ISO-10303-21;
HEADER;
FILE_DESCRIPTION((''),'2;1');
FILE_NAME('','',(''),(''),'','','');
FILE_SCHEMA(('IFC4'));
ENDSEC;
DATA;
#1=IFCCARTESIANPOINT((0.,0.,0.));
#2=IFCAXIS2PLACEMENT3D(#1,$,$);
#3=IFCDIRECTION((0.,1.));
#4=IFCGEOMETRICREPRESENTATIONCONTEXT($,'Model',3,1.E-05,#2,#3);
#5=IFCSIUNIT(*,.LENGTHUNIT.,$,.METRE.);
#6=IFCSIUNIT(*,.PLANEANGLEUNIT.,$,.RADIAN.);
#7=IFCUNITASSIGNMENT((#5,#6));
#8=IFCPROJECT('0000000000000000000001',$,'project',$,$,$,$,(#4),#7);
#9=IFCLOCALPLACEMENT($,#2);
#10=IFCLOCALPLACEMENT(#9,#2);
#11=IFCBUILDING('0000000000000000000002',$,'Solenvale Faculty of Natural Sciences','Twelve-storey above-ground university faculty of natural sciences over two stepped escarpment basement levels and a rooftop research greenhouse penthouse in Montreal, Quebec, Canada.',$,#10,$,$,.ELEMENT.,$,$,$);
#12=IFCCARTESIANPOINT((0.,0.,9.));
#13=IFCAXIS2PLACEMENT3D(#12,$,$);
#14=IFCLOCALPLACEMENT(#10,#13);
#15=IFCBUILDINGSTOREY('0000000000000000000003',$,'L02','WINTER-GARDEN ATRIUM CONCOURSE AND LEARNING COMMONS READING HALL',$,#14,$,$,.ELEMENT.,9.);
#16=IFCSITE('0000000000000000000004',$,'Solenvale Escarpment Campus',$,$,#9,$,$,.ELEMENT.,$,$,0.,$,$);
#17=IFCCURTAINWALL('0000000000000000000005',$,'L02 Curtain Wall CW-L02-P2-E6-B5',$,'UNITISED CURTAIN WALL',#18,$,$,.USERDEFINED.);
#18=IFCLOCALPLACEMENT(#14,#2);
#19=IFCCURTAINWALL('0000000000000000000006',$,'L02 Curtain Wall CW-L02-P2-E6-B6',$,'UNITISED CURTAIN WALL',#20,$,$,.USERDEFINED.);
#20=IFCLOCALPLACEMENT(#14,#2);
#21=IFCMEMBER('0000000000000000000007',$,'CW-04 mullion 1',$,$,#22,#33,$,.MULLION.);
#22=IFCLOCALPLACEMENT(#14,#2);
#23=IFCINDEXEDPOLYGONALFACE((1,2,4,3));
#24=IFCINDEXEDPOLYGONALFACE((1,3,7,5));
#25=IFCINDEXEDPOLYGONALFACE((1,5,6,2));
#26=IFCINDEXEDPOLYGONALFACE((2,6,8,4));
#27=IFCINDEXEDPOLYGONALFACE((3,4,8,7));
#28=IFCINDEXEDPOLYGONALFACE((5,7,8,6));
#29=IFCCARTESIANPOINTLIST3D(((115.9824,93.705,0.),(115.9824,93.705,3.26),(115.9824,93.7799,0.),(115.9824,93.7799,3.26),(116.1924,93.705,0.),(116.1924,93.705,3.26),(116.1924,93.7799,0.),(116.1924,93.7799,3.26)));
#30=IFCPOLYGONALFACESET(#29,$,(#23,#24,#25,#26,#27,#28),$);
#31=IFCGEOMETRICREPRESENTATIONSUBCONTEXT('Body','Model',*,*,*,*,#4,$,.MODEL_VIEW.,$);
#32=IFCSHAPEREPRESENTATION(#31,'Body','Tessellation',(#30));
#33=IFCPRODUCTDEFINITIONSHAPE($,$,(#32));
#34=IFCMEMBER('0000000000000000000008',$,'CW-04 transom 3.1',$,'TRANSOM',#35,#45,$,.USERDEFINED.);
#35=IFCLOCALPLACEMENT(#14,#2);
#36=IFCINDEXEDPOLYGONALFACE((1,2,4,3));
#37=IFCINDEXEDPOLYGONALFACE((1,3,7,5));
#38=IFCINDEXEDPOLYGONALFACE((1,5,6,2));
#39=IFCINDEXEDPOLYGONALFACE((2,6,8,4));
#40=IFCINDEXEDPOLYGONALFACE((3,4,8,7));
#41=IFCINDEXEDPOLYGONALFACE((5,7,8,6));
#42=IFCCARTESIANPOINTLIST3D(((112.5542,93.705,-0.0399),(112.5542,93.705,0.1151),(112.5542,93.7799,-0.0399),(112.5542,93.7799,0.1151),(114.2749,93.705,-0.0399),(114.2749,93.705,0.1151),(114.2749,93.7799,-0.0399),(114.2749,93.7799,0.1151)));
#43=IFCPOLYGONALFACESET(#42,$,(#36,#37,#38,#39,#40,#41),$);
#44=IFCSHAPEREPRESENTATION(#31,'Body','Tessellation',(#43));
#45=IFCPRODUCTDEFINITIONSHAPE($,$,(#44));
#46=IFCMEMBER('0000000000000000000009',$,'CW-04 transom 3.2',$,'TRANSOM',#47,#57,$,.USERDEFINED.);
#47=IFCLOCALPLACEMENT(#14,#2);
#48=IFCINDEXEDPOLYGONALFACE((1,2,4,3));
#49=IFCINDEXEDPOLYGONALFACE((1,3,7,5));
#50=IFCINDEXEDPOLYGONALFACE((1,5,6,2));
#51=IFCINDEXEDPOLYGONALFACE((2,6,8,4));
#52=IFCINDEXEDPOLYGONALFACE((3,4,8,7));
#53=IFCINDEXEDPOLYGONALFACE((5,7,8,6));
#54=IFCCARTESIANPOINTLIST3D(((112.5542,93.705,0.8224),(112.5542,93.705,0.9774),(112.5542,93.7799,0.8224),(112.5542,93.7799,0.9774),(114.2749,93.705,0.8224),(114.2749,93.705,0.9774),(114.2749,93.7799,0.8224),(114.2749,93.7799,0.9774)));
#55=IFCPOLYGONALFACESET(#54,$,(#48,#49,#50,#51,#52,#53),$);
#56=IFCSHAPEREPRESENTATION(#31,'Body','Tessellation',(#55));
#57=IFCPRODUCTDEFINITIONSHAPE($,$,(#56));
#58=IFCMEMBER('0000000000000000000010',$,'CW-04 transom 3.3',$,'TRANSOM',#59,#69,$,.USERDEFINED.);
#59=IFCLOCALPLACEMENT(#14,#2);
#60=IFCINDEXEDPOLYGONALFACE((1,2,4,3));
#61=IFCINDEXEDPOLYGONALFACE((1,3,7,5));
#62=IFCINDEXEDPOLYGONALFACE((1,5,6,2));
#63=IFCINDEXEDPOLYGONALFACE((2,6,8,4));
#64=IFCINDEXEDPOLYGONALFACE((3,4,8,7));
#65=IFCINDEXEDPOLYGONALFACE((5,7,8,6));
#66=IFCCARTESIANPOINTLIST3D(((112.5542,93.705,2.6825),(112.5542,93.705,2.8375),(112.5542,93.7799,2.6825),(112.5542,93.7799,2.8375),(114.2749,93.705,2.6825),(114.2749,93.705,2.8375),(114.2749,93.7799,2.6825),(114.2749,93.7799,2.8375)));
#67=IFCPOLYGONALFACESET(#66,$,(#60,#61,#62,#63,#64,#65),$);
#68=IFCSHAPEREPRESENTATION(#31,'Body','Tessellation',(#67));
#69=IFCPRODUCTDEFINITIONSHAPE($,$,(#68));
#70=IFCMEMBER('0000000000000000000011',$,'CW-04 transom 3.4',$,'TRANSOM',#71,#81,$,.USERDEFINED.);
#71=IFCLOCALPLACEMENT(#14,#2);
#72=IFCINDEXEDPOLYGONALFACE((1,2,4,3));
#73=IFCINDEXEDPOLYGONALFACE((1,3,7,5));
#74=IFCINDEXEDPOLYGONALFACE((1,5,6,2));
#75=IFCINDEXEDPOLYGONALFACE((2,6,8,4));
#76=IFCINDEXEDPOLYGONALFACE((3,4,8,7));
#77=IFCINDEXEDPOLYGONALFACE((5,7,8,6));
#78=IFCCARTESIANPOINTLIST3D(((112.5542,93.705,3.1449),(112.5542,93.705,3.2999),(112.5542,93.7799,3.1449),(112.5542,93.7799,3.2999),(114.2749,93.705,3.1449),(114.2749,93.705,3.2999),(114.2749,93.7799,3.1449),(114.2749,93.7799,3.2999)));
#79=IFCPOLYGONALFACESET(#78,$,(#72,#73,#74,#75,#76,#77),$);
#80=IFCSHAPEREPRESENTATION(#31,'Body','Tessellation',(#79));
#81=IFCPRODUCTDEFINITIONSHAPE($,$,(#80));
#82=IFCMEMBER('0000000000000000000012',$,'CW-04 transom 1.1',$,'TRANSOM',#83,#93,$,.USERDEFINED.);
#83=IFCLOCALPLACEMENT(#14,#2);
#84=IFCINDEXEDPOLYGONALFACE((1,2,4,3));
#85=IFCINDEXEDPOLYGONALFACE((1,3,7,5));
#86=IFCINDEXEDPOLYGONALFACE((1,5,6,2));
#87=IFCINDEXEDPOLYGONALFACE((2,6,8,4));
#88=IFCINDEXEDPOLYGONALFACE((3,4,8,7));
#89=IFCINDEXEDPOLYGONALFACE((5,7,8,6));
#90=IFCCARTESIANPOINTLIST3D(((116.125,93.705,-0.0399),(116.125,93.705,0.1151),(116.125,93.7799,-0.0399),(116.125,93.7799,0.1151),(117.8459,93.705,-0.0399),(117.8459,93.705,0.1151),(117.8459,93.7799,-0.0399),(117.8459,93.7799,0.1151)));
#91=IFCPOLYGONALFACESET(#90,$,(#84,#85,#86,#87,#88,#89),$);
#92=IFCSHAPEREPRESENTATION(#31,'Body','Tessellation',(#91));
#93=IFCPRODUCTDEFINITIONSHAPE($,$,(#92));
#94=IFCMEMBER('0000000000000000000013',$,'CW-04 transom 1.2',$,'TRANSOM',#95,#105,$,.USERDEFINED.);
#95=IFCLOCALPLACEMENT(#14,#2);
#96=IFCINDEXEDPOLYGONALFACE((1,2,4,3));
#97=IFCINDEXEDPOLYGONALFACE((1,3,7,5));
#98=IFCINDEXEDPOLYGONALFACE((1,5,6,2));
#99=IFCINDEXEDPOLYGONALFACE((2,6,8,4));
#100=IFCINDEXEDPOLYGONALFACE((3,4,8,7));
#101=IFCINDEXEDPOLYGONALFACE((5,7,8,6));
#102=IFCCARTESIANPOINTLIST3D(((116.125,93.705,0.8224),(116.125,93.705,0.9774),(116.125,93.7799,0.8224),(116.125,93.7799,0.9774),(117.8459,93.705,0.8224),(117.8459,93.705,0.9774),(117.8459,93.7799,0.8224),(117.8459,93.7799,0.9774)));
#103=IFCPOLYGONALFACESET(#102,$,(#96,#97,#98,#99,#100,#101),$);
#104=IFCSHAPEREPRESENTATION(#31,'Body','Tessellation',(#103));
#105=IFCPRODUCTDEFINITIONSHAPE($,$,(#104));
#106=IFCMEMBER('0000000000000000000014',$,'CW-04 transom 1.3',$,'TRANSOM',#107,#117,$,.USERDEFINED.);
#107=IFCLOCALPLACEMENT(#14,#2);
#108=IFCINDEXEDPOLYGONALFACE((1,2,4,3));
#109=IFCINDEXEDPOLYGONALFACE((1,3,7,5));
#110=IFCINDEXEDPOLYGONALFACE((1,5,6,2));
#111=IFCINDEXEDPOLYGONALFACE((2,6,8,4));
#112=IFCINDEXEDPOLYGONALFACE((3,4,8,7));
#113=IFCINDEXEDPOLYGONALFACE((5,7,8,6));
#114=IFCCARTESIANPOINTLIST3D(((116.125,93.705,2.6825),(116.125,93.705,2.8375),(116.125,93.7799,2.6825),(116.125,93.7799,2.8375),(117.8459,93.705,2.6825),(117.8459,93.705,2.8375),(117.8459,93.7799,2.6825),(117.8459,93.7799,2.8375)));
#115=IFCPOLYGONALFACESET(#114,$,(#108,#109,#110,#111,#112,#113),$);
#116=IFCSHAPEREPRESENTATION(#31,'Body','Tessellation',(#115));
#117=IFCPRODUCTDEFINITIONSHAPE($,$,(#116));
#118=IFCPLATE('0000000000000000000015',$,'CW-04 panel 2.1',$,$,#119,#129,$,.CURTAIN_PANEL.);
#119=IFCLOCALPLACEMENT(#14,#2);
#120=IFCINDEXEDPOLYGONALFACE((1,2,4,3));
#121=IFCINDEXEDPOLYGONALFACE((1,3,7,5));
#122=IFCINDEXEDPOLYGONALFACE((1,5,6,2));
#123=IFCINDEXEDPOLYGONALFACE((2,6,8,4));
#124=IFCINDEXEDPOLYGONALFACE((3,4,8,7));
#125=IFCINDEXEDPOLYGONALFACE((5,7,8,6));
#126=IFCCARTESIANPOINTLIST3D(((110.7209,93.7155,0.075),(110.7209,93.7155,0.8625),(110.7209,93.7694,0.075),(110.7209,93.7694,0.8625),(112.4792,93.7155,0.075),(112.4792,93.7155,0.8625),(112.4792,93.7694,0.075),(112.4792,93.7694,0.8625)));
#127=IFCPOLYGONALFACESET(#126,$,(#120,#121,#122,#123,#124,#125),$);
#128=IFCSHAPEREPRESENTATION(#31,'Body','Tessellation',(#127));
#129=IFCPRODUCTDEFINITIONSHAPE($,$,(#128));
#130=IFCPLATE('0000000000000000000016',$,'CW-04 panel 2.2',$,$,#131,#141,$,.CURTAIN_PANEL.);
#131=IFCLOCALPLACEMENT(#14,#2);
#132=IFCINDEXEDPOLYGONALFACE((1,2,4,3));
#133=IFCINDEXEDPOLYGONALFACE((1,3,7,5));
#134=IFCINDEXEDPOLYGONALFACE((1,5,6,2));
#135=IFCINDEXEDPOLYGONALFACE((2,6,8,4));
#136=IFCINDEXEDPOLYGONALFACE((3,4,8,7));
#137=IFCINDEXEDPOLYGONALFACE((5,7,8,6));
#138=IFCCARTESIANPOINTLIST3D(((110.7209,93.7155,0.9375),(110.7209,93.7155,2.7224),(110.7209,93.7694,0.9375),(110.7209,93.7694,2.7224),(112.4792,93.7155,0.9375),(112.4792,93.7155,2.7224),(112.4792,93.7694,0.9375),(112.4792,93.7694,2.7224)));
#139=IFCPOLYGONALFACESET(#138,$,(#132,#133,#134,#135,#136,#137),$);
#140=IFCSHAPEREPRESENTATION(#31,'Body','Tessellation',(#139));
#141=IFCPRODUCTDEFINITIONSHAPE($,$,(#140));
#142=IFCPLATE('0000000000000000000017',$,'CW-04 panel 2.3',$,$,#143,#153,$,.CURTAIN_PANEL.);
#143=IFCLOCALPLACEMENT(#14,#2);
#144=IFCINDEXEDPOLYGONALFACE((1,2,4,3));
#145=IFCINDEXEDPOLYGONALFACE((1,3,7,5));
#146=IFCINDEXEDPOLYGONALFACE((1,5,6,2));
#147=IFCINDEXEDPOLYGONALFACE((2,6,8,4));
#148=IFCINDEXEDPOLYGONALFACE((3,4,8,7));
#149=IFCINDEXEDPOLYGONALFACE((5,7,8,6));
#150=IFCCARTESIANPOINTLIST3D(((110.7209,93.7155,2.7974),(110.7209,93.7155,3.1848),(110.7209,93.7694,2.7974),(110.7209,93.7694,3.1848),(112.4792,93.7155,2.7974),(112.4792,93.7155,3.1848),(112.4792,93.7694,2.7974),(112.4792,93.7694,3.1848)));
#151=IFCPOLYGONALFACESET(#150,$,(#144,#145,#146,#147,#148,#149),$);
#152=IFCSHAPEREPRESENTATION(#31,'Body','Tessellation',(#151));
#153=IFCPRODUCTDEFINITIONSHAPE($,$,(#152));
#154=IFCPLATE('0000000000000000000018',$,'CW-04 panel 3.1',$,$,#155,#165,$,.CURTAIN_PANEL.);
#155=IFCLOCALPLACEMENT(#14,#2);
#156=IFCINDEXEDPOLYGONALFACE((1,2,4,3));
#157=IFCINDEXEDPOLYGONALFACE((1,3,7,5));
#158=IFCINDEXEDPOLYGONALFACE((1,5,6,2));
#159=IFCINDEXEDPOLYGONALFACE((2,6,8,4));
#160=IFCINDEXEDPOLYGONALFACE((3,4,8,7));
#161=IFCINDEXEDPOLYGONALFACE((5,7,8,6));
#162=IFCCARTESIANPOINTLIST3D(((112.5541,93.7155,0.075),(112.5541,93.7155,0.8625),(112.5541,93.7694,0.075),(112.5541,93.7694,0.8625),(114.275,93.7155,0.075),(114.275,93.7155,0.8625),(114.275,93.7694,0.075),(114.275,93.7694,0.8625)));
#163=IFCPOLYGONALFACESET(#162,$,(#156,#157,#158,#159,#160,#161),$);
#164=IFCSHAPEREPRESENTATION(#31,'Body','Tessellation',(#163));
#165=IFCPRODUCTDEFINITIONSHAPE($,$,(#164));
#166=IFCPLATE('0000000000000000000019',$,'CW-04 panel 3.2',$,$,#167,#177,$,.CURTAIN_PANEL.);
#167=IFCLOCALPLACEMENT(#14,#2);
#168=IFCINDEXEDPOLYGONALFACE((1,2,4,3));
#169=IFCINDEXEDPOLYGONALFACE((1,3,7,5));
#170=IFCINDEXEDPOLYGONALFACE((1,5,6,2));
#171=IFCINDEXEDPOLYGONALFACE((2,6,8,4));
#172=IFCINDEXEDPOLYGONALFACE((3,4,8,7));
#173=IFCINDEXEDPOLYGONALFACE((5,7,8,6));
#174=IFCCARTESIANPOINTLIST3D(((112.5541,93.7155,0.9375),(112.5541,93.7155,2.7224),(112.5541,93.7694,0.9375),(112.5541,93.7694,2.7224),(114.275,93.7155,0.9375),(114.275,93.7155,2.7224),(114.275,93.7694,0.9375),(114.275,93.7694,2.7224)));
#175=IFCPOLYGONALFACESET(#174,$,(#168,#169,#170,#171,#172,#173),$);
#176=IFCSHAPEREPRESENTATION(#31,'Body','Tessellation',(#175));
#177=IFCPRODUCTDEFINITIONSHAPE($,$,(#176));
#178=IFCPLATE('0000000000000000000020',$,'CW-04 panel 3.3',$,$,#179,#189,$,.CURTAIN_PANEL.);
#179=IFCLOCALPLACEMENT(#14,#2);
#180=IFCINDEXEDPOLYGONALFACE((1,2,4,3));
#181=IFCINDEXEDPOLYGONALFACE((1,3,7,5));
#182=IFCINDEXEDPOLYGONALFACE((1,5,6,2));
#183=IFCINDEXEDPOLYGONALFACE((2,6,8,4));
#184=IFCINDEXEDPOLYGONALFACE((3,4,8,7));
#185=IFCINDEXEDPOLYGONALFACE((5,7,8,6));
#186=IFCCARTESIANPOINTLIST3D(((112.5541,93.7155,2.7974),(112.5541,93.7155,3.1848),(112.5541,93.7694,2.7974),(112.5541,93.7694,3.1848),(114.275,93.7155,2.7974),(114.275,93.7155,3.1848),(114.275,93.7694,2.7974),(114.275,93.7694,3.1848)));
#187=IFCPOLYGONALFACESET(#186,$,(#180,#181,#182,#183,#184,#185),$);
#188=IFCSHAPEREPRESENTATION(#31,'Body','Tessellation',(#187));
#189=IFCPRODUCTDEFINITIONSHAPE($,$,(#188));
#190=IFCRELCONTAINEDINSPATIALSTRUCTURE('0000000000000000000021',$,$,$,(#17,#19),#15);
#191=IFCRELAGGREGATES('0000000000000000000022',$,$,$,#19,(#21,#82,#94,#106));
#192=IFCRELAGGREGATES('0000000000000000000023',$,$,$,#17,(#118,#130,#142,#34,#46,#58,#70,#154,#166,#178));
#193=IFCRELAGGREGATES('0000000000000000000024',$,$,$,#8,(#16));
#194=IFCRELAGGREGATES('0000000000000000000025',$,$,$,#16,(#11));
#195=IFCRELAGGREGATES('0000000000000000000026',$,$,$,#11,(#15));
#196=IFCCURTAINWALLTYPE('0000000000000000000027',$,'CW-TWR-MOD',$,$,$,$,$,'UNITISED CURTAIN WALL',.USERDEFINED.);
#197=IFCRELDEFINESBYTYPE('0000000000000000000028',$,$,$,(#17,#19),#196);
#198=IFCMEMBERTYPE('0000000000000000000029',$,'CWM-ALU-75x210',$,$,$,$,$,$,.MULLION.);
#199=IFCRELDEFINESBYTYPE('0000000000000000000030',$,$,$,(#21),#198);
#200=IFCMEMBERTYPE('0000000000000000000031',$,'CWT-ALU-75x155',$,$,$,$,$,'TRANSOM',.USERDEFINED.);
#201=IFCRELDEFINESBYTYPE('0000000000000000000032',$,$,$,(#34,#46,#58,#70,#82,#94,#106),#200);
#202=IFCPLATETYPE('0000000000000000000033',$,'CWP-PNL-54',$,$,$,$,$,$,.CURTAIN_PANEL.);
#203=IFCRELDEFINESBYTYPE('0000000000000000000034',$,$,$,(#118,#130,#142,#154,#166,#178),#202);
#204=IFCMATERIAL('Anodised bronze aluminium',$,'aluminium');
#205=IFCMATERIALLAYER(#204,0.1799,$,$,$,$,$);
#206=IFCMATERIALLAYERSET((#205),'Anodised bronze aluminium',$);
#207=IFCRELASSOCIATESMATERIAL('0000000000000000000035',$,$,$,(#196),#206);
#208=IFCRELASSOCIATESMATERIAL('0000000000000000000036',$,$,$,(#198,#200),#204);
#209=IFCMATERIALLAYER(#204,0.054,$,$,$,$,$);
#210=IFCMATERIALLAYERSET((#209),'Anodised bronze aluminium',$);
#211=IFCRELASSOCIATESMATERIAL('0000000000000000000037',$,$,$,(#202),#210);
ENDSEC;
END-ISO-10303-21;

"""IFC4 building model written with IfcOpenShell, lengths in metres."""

from ifc_helpers import new_model, si_unit, direction, frame, origin, origin_2d, place, context, subcontext, project, spatial, rectangle, extrude, material, layer, layer_set, material_profile, profile_set, type_object, element, aggregate, save


model = new_model("IFC4")

# Units and contexts
model_context = context("Model", 3, precision=1e-05, world=origin(), true_north=direction((0.0, 1.0)))
body_context = subcontext(model_context, "Body", "Model", "MODEL_VIEW")
ifc_project = project(units=[si_unit("LENGTHUNIT", "METRE"), si_unit("PLANEANGLEUNIT", "RADIAN")], contexts=[model_context])

# Site, building, storey
site_placement = place(None, origin())
site = spatial("IfcSite", under=ifc_project, at=site_placement, Name="Solenvale Escarpment Campus", CompositionType="ELEMENT", RefElevation=0.0)
building_placement = place(site_placement, origin())
building = spatial("IfcBuilding", under=site, at=building_placement, Name="Solenvale Faculty of Natural Sciences", Description="Twelve-storey above-ground university faculty of natural sciences over two stepped escarpment basement levels and a rooftop research greenhouse penthouse in Montreal, Quebec, Canada.", CompositionType="ELEMENT")
storey_placement = place(building_placement, frame((0.0, 0.0, 9.0)))
storey = spatial("IfcBuildingStorey", under=building, at=storey_placement, Name="L02", Description="WINTER-GARDEN ATRIUM CONCOURSE AND LEARNING COMMONS READING HALL", CompositionType="ELEMENT", Elevation=9.0)

# Curtain wall
ifc_material_1 = material(Name="Anodised bronze aluminium", Category="aluminium")
ifc_layer_1 = layer(ifc_material_1, 0.1799)
ifc_layer_set_1 = layer_set([ifc_layer_1], Name="Anodised bronze aluminium")
curtain_wall_type = type_object("IfcCurtainWallType", Name="CW-TWR-MOD", ElementType="UNITISED CURTAIN WALL", PredefinedType="USERDEFINED", material=ifc_layer_set_1)
curtain_wall_1_placement = place(storey_placement, origin())
curtain_wall_1 = element("IfcCurtainWall", 1, at=curtain_wall_1_placement, inside=storey, type_object=curtain_wall_type, Name="L02 Curtain Wall CW-L02-P2-E6-B5", ObjectType="UNITISED CURTAIN WALL", PredefinedType="USERDEFINED")
ifc_material_profile_1 = material_profile(ifc_material_1, rectangle(XDim=0.075, YDim=0.21, at=origin_2d()), Name="ALU-MUL-75x210")
ifc_profile_set_1 = profile_set([ifc_material_profile_1], Name="Anodised bronze aluminium")
member_type_1 = type_object("IfcMemberType", Name="CWM-ALU-75x210", PredefinedType="MULLION", material=ifc_profile_set_1)

# Curtain wall, member
curtain_wall_2_placement = place(storey_placement, origin())
curtain_wall_2 = element("IfcCurtainWall", 2, at=curtain_wall_2_placement, inside=storey, type_object=curtain_wall_type, Name="L02 Curtain Wall CW-L02-P2-E6-B6", ObjectType="UNITISED CURTAIN WALL", PredefinedType="USERDEFINED")
member_1_placement = place(storey_placement, frame((116.0874, 93.7424, 0.0), z_axis=(0.0, 0.0, 1.0), x_axis=(0.0, 1.0, 0.0)))
member_1 = element("IfcMember", 3, at=member_1_placement, type_object=member_type_1, Name="CW-04 mullion 1", PredefinedType="MULLION", context=body_context, shape_type="SweptSolid", body=[
    extrude(rectangle(XDim=0.075, YDim=0.21, at=origin_2d()), origin(), (0.0, 0.0, 1.0), 3.26),
])

# Members
ifc_material_profile_2 = material_profile(ifc_material_1, rectangle(XDim=0.075, YDim=0.155, at=origin_2d()), Name="ALU-TRN-75x155")
ifc_profile_set_2 = profile_set([ifc_material_profile_2], Name="Anodised bronze aluminium")
member_type_2 = type_object("IfcMemberType", Name="CWT-ALU-75x155", ElementType="TRANSOM", PredefinedType="USERDEFINED", material=ifc_profile_set_2)
member_2_placement = place(storey_placement, frame((112.5542, 93.7424, 0.0376), z_axis=(1.0, 0.0, 0.0), x_axis=(0.0, 1.0, 0.0)))
member_2 = element("IfcMember", 4, at=member_2_placement, type_object=member_type_2, Name="CW-04 transom 3.1", ObjectType="TRANSOM", PredefinedType="USERDEFINED", context=body_context, shape_type="SweptSolid", body=[
    extrude(rectangle(XDim=0.075, YDim=0.155, at=origin_2d()), origin(), (0.0, 0.0, 1.0), 1.7207),
])
member_3_placement = place(storey_placement, frame((112.5542, 93.7424, 0.8999), z_axis=(1.0, 0.0, 0.0), x_axis=(0.0, 1.0, 0.0)))
member_3 = element("IfcMember", 5, at=member_3_placement, type_object=member_type_2, Name="CW-04 transom 3.2", ObjectType="TRANSOM", PredefinedType="USERDEFINED", context=body_context, shape_type="SweptSolid", body=[
    extrude(rectangle(XDim=0.075, YDim=0.155, at=origin_2d()), origin(), (0.0, 0.0, 1.0), 1.7207),
])
member_4_placement = place(storey_placement, frame((112.5542, 93.7424, 2.76), z_axis=(1.0, 0.0, 0.0), x_axis=(0.0, 1.0, 0.0)))
member_4 = element("IfcMember", 6, at=member_4_placement, type_object=member_type_2, Name="CW-04 transom 3.3", ObjectType="TRANSOM", PredefinedType="USERDEFINED", context=body_context, shape_type="SweptSolid", body=[
    extrude(rectangle(XDim=0.075, YDim=0.155, at=origin_2d()), origin(), (0.0, 0.0, 1.0), 1.7207),
])
member_5_placement = place(storey_placement, frame((112.5542, 93.7424, 3.2224), z_axis=(1.0, 0.0, 0.0), x_axis=(0.0, 1.0, 0.0)))
member_5 = element("IfcMember", 7, at=member_5_placement, type_object=member_type_2, Name="CW-04 transom 3.4", ObjectType="TRANSOM", PredefinedType="USERDEFINED", context=body_context, shape_type="SweptSolid", body=[
    extrude(rectangle(XDim=0.075, YDim=0.155, at=origin_2d()), origin(), (0.0, 0.0, 1.0), 1.7207),
])
member_6_placement = place(storey_placement, frame((116.125, 93.7424, 0.0376), z_axis=(1.0, 0.0, 0.0), x_axis=(0.0, 1.0, 0.0)))
member_6 = element("IfcMember", 8, at=member_6_placement, type_object=member_type_2, Name="CW-04 transom 1.1", ObjectType="TRANSOM", PredefinedType="USERDEFINED", context=body_context, shape_type="SweptSolid", body=[
    extrude(rectangle(XDim=0.075, YDim=0.155, at=origin_2d()), origin(), (0.0, 0.0, 1.0), 1.7209),
])
member_7_placement = place(storey_placement, frame((116.125, 93.7424, 0.8999), z_axis=(1.0, 0.0, 0.0), x_axis=(0.0, 1.0, 0.0)))
member_7 = element("IfcMember", 9, at=member_7_placement, type_object=member_type_2, Name="CW-04 transom 1.2", ObjectType="TRANSOM", PredefinedType="USERDEFINED", context=body_context, shape_type="SweptSolid", body=[
    extrude(rectangle(XDim=0.075, YDim=0.155, at=origin_2d()), origin(), (0.0, 0.0, 1.0), 1.7209),
])
member_8_placement = place(storey_placement, frame((116.125, 93.7424, 2.76), z_axis=(1.0, 0.0, 0.0), x_axis=(0.0, 1.0, 0.0)))
member_8 = element("IfcMember", 10, at=member_8_placement, type_object=member_type_2, Name="CW-04 transom 1.3", ObjectType="TRANSOM", PredefinedType="USERDEFINED", context=body_context, shape_type="SweptSolid", body=[
    extrude(rectangle(XDim=0.075, YDim=0.155, at=origin_2d()), origin(), (0.0, 0.0, 1.0), 1.7209),
])
aggregate(curtain_wall_2, [member_1, member_6, member_7, member_8])

# Plates
ifc_layer_2 = layer(ifc_material_1, 0.054)
ifc_layer_set_2 = layer_set([ifc_layer_2], Name="Anodised bronze aluminium")
plate_type = type_object("IfcPlateType", Name="CWP-PNL-54", PredefinedType="CURTAIN_PANEL", material=ifc_layer_set_2)
plate_1_placement = place(storey_placement, frame((111.6001, 93.7424, 0.075), z_axis=(0.0, 0.0, 1.0), x_axis=(1.0, 0.0, 0.0)))
plate_1 = element("IfcPlate", 11, at=plate_1_placement, type_object=plate_type, Name="CW-04 panel 2.1", PredefinedType="CURTAIN_PANEL", context=body_context, shape_type="SweptSolid", body=[
    extrude(rectangle(XDim=1.7583, YDim=0.054, at=origin_2d()), origin(), (0.0, 0.0, 1.0), 0.7876),
])
plate_2_placement = place(storey_placement, frame((111.6001, 93.7424, 0.9375), z_axis=(0.0, 0.0, 1.0), x_axis=(1.0, 0.0, 0.0)))
plate_2 = element("IfcPlate", 12, at=plate_2_placement, type_object=plate_type, Name="CW-04 panel 2.2", PredefinedType="CURTAIN_PANEL", context=body_context, shape_type="SweptSolid", body=[
    extrude(rectangle(XDim=1.7583, YDim=0.054, at=origin_2d()), origin(), (0.0, 0.0, 1.0), 1.7849),
])
plate_3_placement = place(storey_placement, frame((111.6001, 93.7424, 2.7974), z_axis=(0.0, 0.0, 1.0), x_axis=(1.0, 0.0, 0.0)))
plate_3 = element("IfcPlate", 13, at=plate_3_placement, type_object=plate_type, Name="CW-04 panel 2.3", PredefinedType="CURTAIN_PANEL", context=body_context, shape_type="SweptSolid", body=[
    extrude(rectangle(XDim=1.7583, YDim=0.054, at=origin_2d()), origin(), (0.0, 0.0, 1.0), 0.3875),
])
plate_4_placement = place(storey_placement, frame((113.4146, 93.7424, 0.075), z_axis=(0.0, 0.0, 1.0), x_axis=(1.0, 0.0, 0.0)))
plate_4 = element("IfcPlate", 14, at=plate_4_placement, type_object=plate_type, Name="CW-04 panel 3.1", PredefinedType="CURTAIN_PANEL", context=body_context, shape_type="SweptSolid", body=[
    extrude(rectangle(XDim=1.7209, YDim=0.054, at=origin_2d()), origin(), (0.0, 0.0, 1.0), 0.7876),
])
plate_5_placement = place(storey_placement, frame((113.4146, 93.7424, 0.9375), z_axis=(0.0, 0.0, 1.0), x_axis=(1.0, 0.0, 0.0)))
plate_5 = element("IfcPlate", 15, at=plate_5_placement, type_object=plate_type, Name="CW-04 panel 3.2", PredefinedType="CURTAIN_PANEL", context=body_context, shape_type="SweptSolid", body=[
    extrude(rectangle(XDim=1.7209, YDim=0.054, at=origin_2d()), origin(), (0.0, 0.0, 1.0), 1.7849),
])
plate_6_placement = place(storey_placement, frame((113.4146, 93.7424, 2.7974), z_axis=(0.0, 0.0, 1.0), x_axis=(1.0, 0.0, 0.0)))
plate_6 = element("IfcPlate", 16, at=plate_6_placement, type_object=plate_type, Name="CW-04 panel 3.3", PredefinedType="CURTAIN_PANEL", context=body_context, shape_type="SweptSolid", body=[
    extrude(rectangle(XDim=1.7209, YDim=0.054, at=origin_2d()), origin(), (0.0, 0.0, 1.0), 0.3875),
])
aggregate(curtain_wall_1, [plate_1, plate_2, plate_3, member_2, member_3, member_4, member_5, plate_4, plate_5, plate_6])

save(model, "model.ifc")
